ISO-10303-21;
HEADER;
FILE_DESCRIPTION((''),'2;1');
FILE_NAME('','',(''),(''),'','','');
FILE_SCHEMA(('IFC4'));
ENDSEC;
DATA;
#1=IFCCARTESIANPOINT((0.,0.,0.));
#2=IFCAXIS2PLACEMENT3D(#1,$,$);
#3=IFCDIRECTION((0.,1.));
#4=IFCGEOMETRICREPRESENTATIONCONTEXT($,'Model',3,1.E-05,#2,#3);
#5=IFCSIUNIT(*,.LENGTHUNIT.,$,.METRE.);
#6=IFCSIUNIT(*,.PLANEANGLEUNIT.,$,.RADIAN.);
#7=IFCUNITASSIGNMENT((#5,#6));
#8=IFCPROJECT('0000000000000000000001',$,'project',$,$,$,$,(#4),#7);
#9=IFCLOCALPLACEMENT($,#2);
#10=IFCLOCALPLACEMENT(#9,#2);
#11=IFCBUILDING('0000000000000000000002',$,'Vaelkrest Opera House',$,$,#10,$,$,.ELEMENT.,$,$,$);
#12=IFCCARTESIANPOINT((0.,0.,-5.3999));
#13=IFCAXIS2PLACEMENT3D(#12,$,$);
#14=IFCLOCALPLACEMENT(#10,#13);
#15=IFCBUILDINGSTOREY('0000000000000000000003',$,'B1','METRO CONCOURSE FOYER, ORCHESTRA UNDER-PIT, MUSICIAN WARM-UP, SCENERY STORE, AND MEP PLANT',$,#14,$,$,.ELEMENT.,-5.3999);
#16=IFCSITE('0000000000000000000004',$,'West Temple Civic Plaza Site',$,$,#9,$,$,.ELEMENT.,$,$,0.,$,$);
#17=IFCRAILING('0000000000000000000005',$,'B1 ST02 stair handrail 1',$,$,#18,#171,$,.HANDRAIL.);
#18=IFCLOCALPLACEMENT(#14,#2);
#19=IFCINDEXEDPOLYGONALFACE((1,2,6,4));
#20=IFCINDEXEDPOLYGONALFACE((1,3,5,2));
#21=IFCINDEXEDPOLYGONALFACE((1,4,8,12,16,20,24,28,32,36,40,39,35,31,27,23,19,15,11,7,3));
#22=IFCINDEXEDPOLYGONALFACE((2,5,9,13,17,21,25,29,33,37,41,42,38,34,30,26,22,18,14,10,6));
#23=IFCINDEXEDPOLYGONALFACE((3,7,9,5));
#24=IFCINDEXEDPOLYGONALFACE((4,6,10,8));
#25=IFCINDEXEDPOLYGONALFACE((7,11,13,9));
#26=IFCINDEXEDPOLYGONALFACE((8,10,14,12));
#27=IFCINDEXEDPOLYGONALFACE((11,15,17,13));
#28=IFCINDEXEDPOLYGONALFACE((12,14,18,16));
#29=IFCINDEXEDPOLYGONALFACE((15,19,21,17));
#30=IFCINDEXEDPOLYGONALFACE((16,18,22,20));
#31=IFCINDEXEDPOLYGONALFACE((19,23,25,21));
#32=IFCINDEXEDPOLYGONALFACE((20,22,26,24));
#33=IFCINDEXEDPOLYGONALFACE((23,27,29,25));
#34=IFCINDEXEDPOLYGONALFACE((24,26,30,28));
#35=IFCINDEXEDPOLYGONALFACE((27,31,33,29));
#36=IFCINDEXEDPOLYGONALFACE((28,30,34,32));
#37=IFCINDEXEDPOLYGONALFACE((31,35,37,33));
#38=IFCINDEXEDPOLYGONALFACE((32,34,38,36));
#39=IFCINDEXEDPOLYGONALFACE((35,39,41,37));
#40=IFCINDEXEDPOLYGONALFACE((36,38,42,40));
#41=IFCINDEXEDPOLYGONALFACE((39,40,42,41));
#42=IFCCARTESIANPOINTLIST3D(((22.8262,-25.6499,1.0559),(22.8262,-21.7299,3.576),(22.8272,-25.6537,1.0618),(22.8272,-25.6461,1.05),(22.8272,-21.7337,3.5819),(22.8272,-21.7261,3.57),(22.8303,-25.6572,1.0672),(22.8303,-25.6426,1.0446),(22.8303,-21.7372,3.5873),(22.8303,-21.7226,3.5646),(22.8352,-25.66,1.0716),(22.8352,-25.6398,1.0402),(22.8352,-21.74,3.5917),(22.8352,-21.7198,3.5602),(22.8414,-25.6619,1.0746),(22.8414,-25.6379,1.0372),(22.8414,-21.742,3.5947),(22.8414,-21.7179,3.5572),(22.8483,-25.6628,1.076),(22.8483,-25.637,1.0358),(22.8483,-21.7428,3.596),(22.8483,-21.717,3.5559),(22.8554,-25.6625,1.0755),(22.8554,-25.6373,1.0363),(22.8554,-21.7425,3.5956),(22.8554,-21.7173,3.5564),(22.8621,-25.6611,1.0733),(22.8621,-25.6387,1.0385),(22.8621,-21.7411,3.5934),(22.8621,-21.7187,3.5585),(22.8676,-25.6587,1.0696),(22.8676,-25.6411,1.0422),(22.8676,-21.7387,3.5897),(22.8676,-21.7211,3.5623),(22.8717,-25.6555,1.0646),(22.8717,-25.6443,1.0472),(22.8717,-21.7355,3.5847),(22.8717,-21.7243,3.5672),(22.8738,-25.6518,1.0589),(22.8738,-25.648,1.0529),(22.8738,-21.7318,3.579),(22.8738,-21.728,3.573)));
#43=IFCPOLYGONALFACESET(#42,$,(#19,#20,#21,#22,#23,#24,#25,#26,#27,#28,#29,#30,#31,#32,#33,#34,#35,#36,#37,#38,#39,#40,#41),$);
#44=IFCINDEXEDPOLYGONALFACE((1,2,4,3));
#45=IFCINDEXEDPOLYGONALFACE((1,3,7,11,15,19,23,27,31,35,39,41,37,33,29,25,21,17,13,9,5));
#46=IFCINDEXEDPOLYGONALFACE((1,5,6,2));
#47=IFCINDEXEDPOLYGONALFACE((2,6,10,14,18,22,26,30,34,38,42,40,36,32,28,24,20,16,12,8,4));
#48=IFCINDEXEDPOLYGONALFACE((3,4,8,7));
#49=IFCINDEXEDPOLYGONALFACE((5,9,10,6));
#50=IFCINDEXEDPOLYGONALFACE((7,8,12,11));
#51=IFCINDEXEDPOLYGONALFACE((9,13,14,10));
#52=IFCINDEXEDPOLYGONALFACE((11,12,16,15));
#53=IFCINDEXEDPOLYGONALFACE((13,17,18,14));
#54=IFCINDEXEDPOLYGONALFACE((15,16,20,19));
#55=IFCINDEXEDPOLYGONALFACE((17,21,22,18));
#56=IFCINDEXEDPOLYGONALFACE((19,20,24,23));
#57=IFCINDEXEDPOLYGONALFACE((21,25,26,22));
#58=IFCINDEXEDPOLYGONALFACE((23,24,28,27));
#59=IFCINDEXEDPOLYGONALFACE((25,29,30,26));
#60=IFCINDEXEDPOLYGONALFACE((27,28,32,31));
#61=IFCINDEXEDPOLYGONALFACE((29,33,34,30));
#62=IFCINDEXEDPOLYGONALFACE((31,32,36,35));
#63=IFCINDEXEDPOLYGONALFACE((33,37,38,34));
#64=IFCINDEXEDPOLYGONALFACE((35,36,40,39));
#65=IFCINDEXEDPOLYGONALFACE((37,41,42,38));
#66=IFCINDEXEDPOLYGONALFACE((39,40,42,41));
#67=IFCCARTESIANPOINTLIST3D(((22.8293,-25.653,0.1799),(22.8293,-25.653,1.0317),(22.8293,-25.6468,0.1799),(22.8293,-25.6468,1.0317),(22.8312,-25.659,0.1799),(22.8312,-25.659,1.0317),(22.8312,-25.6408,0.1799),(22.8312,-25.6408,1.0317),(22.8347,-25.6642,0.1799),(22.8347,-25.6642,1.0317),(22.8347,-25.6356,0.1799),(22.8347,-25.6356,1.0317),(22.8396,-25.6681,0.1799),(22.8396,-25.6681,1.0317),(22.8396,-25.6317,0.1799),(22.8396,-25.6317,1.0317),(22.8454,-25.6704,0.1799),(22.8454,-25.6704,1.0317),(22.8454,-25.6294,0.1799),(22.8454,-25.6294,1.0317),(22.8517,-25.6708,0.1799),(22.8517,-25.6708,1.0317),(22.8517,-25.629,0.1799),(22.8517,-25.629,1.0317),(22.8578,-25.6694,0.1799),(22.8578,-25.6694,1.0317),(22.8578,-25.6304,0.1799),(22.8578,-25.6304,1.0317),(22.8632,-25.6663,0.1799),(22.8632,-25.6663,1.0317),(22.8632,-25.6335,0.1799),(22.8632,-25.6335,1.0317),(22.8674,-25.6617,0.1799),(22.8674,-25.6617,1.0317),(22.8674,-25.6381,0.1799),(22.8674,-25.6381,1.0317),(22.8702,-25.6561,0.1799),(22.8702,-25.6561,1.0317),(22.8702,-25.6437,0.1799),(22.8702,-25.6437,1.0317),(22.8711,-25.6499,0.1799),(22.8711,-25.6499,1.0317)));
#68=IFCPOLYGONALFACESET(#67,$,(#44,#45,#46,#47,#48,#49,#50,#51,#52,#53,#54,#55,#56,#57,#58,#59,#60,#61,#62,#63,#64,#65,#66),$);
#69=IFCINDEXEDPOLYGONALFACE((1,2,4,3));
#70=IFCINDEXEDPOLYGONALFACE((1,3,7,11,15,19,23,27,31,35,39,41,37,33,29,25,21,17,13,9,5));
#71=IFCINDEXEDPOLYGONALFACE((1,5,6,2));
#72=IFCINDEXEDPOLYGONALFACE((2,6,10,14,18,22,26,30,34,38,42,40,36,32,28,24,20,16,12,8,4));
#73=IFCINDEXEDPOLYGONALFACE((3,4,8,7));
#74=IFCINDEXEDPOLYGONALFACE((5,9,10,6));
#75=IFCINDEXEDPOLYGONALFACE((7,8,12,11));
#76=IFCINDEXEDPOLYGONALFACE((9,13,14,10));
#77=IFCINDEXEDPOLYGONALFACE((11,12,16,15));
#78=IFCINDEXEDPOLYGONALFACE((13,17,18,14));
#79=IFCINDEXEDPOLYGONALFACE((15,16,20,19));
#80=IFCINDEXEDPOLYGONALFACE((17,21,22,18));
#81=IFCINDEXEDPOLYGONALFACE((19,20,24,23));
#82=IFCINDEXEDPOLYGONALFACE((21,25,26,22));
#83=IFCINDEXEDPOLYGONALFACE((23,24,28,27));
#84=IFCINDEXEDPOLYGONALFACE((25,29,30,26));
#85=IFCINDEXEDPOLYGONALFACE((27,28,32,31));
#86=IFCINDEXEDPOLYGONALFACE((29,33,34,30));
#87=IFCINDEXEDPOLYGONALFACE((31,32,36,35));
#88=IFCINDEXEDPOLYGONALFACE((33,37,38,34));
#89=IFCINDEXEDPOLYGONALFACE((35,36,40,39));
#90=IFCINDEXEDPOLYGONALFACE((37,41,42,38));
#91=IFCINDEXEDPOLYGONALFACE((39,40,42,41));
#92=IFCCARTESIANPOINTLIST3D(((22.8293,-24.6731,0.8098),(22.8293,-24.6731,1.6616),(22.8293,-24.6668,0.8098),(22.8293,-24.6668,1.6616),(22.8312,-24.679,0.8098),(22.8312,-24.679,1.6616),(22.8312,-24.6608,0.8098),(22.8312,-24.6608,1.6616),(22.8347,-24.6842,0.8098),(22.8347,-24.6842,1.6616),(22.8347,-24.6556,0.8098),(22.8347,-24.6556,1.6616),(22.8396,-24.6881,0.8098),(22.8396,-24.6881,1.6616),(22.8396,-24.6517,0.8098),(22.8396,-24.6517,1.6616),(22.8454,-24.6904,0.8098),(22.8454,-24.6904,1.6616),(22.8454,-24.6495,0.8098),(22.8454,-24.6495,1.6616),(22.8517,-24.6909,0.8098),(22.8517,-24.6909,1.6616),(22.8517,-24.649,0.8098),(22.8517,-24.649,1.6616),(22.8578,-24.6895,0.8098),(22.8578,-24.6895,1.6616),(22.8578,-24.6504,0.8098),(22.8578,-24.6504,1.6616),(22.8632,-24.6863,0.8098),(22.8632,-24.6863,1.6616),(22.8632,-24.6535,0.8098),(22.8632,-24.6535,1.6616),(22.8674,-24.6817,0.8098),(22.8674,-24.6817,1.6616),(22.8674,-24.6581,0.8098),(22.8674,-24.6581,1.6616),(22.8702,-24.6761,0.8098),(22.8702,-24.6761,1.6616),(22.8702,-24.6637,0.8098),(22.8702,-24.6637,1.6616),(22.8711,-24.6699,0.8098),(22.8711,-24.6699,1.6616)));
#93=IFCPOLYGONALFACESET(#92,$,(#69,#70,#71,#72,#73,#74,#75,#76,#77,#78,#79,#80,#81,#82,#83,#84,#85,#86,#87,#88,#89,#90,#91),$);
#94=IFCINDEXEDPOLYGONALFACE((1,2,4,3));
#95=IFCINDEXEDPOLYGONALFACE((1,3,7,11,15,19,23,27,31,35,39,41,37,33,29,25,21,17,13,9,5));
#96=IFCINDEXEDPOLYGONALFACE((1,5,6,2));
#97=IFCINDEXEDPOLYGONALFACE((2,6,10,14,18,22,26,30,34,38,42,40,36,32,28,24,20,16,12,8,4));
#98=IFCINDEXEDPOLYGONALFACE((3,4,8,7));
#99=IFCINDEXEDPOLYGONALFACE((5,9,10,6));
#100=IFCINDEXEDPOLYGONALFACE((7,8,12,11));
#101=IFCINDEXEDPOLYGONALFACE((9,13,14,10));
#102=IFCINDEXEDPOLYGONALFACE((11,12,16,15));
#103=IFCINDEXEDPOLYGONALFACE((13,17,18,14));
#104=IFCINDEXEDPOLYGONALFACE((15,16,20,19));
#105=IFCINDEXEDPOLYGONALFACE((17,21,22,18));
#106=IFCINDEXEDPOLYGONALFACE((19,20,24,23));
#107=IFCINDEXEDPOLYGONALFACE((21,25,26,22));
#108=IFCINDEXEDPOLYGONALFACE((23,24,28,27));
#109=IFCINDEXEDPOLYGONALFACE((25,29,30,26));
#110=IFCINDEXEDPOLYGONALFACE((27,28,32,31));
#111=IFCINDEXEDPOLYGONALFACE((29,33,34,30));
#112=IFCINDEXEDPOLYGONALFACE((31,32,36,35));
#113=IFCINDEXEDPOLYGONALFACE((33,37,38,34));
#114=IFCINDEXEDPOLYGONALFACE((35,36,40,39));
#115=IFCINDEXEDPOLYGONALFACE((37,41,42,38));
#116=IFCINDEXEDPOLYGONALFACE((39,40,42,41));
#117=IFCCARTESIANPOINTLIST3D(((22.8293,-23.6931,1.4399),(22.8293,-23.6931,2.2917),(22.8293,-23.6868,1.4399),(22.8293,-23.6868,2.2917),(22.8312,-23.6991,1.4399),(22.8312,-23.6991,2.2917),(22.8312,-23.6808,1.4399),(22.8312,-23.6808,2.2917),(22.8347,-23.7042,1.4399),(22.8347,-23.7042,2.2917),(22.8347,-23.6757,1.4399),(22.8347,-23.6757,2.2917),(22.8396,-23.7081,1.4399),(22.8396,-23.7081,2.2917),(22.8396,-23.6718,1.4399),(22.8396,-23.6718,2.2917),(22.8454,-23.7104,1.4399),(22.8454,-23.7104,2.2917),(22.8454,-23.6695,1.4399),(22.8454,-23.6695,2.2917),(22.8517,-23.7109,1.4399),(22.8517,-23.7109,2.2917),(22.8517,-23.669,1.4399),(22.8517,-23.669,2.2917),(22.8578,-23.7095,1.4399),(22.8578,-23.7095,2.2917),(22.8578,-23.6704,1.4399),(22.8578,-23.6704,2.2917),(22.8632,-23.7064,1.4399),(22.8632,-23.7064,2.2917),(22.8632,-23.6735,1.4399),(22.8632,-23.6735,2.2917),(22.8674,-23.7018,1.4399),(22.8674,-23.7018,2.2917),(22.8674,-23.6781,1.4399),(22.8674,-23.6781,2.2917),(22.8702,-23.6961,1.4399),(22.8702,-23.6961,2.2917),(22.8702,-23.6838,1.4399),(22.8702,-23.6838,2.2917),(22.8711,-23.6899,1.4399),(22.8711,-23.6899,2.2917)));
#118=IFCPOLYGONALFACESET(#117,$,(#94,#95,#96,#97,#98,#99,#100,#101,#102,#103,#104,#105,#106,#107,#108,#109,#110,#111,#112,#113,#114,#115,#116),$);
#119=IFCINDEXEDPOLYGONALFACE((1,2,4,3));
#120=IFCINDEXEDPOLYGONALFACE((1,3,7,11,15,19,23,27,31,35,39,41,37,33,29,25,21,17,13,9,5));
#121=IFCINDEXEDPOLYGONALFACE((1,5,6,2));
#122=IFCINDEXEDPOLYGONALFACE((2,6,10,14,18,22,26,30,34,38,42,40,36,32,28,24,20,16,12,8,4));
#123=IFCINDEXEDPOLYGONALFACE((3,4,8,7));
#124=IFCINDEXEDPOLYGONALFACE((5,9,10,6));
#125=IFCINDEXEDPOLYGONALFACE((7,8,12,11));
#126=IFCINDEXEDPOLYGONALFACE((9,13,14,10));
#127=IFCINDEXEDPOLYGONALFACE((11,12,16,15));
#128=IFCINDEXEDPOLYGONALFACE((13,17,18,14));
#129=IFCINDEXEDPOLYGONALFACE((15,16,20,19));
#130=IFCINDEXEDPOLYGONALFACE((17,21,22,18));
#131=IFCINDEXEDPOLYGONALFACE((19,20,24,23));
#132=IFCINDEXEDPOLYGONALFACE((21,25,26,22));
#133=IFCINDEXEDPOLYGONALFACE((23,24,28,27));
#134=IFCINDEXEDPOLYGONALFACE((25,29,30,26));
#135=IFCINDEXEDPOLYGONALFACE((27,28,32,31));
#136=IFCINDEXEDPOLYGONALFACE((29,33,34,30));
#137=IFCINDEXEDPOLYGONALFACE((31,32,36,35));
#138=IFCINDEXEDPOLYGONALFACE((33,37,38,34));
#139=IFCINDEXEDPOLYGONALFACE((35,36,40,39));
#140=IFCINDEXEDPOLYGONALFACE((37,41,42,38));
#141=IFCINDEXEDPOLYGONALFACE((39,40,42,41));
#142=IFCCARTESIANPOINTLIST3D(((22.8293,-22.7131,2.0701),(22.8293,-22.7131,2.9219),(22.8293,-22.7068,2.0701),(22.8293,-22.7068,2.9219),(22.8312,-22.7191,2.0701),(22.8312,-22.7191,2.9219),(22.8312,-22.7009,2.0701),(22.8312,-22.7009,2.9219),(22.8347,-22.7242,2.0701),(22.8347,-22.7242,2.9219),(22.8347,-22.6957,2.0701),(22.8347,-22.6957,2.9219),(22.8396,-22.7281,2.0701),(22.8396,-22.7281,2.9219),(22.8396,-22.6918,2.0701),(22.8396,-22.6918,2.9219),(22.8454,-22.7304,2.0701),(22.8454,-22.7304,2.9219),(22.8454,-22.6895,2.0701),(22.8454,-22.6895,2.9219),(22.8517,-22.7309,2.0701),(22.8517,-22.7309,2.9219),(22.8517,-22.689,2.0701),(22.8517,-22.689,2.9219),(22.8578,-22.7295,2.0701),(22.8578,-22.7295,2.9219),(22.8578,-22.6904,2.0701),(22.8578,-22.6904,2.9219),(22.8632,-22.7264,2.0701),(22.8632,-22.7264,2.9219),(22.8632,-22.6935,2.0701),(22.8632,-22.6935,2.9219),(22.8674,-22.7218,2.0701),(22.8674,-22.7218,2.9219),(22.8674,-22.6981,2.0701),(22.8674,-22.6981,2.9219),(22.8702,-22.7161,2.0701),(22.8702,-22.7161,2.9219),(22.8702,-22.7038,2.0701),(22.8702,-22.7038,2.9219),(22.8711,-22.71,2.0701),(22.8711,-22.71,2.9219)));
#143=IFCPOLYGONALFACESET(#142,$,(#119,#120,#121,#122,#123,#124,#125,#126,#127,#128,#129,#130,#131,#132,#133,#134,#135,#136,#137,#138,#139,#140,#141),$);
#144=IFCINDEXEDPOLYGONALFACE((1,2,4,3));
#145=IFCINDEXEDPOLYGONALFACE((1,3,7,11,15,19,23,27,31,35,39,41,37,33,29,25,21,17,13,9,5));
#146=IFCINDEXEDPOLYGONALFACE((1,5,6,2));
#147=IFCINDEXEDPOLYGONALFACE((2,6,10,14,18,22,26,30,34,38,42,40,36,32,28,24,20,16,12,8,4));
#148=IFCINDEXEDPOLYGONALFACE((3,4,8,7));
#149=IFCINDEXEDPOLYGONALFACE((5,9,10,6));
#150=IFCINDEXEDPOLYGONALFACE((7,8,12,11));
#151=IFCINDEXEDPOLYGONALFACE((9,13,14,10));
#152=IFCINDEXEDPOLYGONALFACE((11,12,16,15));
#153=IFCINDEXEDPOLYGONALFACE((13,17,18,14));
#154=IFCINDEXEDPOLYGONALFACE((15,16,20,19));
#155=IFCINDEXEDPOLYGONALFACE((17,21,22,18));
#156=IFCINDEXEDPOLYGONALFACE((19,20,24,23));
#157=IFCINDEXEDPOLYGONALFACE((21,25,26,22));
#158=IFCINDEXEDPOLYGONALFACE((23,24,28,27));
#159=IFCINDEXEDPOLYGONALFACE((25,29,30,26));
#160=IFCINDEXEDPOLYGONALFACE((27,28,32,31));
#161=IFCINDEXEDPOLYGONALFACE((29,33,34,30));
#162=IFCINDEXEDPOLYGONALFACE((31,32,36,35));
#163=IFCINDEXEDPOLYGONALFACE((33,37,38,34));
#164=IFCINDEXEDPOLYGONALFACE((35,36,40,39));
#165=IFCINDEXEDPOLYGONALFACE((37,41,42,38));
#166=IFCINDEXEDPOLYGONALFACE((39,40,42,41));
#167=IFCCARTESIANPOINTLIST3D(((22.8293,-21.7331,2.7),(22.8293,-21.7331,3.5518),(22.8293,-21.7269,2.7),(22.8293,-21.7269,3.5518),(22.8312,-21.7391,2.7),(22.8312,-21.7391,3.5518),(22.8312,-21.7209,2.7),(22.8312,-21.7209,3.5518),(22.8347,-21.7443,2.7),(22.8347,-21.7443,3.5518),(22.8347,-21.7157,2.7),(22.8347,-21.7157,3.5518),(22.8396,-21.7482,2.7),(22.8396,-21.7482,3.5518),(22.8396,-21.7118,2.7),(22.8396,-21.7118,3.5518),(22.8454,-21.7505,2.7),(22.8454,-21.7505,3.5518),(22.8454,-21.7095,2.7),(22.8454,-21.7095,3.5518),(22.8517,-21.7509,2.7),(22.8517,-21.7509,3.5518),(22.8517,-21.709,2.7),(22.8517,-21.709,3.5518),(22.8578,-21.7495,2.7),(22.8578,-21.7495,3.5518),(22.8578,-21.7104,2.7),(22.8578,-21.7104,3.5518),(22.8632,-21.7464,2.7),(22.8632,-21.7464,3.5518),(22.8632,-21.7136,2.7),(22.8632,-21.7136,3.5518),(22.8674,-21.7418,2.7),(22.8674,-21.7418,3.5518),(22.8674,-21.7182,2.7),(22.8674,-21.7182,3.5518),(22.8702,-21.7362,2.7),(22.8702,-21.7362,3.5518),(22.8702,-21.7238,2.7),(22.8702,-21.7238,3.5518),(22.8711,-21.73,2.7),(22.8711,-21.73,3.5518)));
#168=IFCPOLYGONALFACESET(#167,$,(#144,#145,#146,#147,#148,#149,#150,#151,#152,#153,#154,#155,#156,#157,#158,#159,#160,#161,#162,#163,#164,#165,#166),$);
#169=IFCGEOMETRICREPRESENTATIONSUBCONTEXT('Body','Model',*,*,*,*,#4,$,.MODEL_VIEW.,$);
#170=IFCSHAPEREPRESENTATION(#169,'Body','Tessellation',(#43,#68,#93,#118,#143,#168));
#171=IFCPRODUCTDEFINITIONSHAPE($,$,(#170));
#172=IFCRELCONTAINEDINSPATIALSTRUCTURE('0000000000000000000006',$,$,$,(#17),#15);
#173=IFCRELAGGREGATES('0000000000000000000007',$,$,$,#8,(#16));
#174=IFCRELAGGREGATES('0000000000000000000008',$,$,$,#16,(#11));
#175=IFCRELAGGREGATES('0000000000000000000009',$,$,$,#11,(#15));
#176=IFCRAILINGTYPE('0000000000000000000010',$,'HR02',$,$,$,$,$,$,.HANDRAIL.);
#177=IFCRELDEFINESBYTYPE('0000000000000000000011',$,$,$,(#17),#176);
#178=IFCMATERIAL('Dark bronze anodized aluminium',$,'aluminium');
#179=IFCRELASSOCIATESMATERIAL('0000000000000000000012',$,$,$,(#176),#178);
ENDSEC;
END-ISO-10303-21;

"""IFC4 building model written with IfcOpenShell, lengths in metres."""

from ifc_helpers import new_model, si_unit, direction, frame, origin, origin_2d, place, context, subcontext, project, spatial, circle, extrude, material, type_object, element, save


model = new_model("IFC4")

# Units and contexts
model_context = context("Model", 3, precision=1e-05, world=origin(), true_north=direction((0.0, 1.0)))
body_context = subcontext(model_context, "Body", "Model", "MODEL_VIEW")
ifc_project = project(units=[si_unit("LENGTHUNIT", "METRE"), si_unit("PLANEANGLEUNIT", "RADIAN")], contexts=[model_context])

# Site, building, storey
site_placement = place(None, origin())
site = spatial("IfcSite", under=ifc_project, at=site_placement, Name="West Temple Civic Plaza Site", CompositionType="ELEMENT", RefElevation=0.0)
building_placement = place(site_placement, origin())
building = spatial("IfcBuilding", under=site, at=building_placement, Name="Vaelkrest Opera House", CompositionType="ELEMENT")
storey_placement = place(building_placement, frame((0.0, 0.0, -5.3999)))
storey = spatial("IfcBuildingStorey", under=building, at=storey_placement, Name="B1", Description="METRO CONCOURSE FOYER, ORCHESTRA UNDER-PIT, MUSICIAN WARM-UP, SCENERY STORE, AND MEP PLANT", CompositionType="ELEMENT", Elevation=-5.3999)

# Railing
ifc_material_1 = material(Name="Dark bronze anodized aluminium", Category="aluminium")
railing_type_1 = type_object("IfcRailingType", Name="HR02", PredefinedType="HANDRAIL", material=ifc_material_1)
railing_1_placement = place(storey_placement, frame((22.8501, -25.6499, 0.1799)))
element("IfcRailing", 1, at=railing_1_placement, inside=storey, type_object=railing_type_1, Name="B1 ST02 stair handrail 1", PredefinedType="HANDRAIL", context=body_context, shape_type="SweptSolid", body=[
    extrude(circle(Radius=0.0239, at=origin_2d()), frame((0.0, 0.0, 0.876), z_axis=(0.0, 0.841172, 0.540768), x_axis=(-1.0, 0.0, 0.0)), (0.0, 0.0, 1.0), 4.6602),
    extrude(circle(Radius=0.021, at=origin_2d()), origin(), (0.0, 0.0, 1.0), 0.8518),
    extrude(circle(Radius=0.021, at=origin_2d()), frame((0.0, 0.98, 0.6299)), (0.0, 0.0, 1.0), 0.8518),
    extrude(circle(Radius=0.021, at=origin_2d()), frame((0.0, 1.96, 1.26)), (0.0, 0.0, 1.0), 0.8518),
    extrude(circle(Radius=0.021, at=origin_2d()), frame((0.0, 2.9399, 1.8901)), (0.0, 0.0, 1.0), 0.8518),
    extrude(circle(Radius=0.021, at=origin_2d()), frame((0.0, 3.9199, 2.52)), (0.0, 0.0, 1.0), 0.8518),
])

save(model, "model.ifc")
